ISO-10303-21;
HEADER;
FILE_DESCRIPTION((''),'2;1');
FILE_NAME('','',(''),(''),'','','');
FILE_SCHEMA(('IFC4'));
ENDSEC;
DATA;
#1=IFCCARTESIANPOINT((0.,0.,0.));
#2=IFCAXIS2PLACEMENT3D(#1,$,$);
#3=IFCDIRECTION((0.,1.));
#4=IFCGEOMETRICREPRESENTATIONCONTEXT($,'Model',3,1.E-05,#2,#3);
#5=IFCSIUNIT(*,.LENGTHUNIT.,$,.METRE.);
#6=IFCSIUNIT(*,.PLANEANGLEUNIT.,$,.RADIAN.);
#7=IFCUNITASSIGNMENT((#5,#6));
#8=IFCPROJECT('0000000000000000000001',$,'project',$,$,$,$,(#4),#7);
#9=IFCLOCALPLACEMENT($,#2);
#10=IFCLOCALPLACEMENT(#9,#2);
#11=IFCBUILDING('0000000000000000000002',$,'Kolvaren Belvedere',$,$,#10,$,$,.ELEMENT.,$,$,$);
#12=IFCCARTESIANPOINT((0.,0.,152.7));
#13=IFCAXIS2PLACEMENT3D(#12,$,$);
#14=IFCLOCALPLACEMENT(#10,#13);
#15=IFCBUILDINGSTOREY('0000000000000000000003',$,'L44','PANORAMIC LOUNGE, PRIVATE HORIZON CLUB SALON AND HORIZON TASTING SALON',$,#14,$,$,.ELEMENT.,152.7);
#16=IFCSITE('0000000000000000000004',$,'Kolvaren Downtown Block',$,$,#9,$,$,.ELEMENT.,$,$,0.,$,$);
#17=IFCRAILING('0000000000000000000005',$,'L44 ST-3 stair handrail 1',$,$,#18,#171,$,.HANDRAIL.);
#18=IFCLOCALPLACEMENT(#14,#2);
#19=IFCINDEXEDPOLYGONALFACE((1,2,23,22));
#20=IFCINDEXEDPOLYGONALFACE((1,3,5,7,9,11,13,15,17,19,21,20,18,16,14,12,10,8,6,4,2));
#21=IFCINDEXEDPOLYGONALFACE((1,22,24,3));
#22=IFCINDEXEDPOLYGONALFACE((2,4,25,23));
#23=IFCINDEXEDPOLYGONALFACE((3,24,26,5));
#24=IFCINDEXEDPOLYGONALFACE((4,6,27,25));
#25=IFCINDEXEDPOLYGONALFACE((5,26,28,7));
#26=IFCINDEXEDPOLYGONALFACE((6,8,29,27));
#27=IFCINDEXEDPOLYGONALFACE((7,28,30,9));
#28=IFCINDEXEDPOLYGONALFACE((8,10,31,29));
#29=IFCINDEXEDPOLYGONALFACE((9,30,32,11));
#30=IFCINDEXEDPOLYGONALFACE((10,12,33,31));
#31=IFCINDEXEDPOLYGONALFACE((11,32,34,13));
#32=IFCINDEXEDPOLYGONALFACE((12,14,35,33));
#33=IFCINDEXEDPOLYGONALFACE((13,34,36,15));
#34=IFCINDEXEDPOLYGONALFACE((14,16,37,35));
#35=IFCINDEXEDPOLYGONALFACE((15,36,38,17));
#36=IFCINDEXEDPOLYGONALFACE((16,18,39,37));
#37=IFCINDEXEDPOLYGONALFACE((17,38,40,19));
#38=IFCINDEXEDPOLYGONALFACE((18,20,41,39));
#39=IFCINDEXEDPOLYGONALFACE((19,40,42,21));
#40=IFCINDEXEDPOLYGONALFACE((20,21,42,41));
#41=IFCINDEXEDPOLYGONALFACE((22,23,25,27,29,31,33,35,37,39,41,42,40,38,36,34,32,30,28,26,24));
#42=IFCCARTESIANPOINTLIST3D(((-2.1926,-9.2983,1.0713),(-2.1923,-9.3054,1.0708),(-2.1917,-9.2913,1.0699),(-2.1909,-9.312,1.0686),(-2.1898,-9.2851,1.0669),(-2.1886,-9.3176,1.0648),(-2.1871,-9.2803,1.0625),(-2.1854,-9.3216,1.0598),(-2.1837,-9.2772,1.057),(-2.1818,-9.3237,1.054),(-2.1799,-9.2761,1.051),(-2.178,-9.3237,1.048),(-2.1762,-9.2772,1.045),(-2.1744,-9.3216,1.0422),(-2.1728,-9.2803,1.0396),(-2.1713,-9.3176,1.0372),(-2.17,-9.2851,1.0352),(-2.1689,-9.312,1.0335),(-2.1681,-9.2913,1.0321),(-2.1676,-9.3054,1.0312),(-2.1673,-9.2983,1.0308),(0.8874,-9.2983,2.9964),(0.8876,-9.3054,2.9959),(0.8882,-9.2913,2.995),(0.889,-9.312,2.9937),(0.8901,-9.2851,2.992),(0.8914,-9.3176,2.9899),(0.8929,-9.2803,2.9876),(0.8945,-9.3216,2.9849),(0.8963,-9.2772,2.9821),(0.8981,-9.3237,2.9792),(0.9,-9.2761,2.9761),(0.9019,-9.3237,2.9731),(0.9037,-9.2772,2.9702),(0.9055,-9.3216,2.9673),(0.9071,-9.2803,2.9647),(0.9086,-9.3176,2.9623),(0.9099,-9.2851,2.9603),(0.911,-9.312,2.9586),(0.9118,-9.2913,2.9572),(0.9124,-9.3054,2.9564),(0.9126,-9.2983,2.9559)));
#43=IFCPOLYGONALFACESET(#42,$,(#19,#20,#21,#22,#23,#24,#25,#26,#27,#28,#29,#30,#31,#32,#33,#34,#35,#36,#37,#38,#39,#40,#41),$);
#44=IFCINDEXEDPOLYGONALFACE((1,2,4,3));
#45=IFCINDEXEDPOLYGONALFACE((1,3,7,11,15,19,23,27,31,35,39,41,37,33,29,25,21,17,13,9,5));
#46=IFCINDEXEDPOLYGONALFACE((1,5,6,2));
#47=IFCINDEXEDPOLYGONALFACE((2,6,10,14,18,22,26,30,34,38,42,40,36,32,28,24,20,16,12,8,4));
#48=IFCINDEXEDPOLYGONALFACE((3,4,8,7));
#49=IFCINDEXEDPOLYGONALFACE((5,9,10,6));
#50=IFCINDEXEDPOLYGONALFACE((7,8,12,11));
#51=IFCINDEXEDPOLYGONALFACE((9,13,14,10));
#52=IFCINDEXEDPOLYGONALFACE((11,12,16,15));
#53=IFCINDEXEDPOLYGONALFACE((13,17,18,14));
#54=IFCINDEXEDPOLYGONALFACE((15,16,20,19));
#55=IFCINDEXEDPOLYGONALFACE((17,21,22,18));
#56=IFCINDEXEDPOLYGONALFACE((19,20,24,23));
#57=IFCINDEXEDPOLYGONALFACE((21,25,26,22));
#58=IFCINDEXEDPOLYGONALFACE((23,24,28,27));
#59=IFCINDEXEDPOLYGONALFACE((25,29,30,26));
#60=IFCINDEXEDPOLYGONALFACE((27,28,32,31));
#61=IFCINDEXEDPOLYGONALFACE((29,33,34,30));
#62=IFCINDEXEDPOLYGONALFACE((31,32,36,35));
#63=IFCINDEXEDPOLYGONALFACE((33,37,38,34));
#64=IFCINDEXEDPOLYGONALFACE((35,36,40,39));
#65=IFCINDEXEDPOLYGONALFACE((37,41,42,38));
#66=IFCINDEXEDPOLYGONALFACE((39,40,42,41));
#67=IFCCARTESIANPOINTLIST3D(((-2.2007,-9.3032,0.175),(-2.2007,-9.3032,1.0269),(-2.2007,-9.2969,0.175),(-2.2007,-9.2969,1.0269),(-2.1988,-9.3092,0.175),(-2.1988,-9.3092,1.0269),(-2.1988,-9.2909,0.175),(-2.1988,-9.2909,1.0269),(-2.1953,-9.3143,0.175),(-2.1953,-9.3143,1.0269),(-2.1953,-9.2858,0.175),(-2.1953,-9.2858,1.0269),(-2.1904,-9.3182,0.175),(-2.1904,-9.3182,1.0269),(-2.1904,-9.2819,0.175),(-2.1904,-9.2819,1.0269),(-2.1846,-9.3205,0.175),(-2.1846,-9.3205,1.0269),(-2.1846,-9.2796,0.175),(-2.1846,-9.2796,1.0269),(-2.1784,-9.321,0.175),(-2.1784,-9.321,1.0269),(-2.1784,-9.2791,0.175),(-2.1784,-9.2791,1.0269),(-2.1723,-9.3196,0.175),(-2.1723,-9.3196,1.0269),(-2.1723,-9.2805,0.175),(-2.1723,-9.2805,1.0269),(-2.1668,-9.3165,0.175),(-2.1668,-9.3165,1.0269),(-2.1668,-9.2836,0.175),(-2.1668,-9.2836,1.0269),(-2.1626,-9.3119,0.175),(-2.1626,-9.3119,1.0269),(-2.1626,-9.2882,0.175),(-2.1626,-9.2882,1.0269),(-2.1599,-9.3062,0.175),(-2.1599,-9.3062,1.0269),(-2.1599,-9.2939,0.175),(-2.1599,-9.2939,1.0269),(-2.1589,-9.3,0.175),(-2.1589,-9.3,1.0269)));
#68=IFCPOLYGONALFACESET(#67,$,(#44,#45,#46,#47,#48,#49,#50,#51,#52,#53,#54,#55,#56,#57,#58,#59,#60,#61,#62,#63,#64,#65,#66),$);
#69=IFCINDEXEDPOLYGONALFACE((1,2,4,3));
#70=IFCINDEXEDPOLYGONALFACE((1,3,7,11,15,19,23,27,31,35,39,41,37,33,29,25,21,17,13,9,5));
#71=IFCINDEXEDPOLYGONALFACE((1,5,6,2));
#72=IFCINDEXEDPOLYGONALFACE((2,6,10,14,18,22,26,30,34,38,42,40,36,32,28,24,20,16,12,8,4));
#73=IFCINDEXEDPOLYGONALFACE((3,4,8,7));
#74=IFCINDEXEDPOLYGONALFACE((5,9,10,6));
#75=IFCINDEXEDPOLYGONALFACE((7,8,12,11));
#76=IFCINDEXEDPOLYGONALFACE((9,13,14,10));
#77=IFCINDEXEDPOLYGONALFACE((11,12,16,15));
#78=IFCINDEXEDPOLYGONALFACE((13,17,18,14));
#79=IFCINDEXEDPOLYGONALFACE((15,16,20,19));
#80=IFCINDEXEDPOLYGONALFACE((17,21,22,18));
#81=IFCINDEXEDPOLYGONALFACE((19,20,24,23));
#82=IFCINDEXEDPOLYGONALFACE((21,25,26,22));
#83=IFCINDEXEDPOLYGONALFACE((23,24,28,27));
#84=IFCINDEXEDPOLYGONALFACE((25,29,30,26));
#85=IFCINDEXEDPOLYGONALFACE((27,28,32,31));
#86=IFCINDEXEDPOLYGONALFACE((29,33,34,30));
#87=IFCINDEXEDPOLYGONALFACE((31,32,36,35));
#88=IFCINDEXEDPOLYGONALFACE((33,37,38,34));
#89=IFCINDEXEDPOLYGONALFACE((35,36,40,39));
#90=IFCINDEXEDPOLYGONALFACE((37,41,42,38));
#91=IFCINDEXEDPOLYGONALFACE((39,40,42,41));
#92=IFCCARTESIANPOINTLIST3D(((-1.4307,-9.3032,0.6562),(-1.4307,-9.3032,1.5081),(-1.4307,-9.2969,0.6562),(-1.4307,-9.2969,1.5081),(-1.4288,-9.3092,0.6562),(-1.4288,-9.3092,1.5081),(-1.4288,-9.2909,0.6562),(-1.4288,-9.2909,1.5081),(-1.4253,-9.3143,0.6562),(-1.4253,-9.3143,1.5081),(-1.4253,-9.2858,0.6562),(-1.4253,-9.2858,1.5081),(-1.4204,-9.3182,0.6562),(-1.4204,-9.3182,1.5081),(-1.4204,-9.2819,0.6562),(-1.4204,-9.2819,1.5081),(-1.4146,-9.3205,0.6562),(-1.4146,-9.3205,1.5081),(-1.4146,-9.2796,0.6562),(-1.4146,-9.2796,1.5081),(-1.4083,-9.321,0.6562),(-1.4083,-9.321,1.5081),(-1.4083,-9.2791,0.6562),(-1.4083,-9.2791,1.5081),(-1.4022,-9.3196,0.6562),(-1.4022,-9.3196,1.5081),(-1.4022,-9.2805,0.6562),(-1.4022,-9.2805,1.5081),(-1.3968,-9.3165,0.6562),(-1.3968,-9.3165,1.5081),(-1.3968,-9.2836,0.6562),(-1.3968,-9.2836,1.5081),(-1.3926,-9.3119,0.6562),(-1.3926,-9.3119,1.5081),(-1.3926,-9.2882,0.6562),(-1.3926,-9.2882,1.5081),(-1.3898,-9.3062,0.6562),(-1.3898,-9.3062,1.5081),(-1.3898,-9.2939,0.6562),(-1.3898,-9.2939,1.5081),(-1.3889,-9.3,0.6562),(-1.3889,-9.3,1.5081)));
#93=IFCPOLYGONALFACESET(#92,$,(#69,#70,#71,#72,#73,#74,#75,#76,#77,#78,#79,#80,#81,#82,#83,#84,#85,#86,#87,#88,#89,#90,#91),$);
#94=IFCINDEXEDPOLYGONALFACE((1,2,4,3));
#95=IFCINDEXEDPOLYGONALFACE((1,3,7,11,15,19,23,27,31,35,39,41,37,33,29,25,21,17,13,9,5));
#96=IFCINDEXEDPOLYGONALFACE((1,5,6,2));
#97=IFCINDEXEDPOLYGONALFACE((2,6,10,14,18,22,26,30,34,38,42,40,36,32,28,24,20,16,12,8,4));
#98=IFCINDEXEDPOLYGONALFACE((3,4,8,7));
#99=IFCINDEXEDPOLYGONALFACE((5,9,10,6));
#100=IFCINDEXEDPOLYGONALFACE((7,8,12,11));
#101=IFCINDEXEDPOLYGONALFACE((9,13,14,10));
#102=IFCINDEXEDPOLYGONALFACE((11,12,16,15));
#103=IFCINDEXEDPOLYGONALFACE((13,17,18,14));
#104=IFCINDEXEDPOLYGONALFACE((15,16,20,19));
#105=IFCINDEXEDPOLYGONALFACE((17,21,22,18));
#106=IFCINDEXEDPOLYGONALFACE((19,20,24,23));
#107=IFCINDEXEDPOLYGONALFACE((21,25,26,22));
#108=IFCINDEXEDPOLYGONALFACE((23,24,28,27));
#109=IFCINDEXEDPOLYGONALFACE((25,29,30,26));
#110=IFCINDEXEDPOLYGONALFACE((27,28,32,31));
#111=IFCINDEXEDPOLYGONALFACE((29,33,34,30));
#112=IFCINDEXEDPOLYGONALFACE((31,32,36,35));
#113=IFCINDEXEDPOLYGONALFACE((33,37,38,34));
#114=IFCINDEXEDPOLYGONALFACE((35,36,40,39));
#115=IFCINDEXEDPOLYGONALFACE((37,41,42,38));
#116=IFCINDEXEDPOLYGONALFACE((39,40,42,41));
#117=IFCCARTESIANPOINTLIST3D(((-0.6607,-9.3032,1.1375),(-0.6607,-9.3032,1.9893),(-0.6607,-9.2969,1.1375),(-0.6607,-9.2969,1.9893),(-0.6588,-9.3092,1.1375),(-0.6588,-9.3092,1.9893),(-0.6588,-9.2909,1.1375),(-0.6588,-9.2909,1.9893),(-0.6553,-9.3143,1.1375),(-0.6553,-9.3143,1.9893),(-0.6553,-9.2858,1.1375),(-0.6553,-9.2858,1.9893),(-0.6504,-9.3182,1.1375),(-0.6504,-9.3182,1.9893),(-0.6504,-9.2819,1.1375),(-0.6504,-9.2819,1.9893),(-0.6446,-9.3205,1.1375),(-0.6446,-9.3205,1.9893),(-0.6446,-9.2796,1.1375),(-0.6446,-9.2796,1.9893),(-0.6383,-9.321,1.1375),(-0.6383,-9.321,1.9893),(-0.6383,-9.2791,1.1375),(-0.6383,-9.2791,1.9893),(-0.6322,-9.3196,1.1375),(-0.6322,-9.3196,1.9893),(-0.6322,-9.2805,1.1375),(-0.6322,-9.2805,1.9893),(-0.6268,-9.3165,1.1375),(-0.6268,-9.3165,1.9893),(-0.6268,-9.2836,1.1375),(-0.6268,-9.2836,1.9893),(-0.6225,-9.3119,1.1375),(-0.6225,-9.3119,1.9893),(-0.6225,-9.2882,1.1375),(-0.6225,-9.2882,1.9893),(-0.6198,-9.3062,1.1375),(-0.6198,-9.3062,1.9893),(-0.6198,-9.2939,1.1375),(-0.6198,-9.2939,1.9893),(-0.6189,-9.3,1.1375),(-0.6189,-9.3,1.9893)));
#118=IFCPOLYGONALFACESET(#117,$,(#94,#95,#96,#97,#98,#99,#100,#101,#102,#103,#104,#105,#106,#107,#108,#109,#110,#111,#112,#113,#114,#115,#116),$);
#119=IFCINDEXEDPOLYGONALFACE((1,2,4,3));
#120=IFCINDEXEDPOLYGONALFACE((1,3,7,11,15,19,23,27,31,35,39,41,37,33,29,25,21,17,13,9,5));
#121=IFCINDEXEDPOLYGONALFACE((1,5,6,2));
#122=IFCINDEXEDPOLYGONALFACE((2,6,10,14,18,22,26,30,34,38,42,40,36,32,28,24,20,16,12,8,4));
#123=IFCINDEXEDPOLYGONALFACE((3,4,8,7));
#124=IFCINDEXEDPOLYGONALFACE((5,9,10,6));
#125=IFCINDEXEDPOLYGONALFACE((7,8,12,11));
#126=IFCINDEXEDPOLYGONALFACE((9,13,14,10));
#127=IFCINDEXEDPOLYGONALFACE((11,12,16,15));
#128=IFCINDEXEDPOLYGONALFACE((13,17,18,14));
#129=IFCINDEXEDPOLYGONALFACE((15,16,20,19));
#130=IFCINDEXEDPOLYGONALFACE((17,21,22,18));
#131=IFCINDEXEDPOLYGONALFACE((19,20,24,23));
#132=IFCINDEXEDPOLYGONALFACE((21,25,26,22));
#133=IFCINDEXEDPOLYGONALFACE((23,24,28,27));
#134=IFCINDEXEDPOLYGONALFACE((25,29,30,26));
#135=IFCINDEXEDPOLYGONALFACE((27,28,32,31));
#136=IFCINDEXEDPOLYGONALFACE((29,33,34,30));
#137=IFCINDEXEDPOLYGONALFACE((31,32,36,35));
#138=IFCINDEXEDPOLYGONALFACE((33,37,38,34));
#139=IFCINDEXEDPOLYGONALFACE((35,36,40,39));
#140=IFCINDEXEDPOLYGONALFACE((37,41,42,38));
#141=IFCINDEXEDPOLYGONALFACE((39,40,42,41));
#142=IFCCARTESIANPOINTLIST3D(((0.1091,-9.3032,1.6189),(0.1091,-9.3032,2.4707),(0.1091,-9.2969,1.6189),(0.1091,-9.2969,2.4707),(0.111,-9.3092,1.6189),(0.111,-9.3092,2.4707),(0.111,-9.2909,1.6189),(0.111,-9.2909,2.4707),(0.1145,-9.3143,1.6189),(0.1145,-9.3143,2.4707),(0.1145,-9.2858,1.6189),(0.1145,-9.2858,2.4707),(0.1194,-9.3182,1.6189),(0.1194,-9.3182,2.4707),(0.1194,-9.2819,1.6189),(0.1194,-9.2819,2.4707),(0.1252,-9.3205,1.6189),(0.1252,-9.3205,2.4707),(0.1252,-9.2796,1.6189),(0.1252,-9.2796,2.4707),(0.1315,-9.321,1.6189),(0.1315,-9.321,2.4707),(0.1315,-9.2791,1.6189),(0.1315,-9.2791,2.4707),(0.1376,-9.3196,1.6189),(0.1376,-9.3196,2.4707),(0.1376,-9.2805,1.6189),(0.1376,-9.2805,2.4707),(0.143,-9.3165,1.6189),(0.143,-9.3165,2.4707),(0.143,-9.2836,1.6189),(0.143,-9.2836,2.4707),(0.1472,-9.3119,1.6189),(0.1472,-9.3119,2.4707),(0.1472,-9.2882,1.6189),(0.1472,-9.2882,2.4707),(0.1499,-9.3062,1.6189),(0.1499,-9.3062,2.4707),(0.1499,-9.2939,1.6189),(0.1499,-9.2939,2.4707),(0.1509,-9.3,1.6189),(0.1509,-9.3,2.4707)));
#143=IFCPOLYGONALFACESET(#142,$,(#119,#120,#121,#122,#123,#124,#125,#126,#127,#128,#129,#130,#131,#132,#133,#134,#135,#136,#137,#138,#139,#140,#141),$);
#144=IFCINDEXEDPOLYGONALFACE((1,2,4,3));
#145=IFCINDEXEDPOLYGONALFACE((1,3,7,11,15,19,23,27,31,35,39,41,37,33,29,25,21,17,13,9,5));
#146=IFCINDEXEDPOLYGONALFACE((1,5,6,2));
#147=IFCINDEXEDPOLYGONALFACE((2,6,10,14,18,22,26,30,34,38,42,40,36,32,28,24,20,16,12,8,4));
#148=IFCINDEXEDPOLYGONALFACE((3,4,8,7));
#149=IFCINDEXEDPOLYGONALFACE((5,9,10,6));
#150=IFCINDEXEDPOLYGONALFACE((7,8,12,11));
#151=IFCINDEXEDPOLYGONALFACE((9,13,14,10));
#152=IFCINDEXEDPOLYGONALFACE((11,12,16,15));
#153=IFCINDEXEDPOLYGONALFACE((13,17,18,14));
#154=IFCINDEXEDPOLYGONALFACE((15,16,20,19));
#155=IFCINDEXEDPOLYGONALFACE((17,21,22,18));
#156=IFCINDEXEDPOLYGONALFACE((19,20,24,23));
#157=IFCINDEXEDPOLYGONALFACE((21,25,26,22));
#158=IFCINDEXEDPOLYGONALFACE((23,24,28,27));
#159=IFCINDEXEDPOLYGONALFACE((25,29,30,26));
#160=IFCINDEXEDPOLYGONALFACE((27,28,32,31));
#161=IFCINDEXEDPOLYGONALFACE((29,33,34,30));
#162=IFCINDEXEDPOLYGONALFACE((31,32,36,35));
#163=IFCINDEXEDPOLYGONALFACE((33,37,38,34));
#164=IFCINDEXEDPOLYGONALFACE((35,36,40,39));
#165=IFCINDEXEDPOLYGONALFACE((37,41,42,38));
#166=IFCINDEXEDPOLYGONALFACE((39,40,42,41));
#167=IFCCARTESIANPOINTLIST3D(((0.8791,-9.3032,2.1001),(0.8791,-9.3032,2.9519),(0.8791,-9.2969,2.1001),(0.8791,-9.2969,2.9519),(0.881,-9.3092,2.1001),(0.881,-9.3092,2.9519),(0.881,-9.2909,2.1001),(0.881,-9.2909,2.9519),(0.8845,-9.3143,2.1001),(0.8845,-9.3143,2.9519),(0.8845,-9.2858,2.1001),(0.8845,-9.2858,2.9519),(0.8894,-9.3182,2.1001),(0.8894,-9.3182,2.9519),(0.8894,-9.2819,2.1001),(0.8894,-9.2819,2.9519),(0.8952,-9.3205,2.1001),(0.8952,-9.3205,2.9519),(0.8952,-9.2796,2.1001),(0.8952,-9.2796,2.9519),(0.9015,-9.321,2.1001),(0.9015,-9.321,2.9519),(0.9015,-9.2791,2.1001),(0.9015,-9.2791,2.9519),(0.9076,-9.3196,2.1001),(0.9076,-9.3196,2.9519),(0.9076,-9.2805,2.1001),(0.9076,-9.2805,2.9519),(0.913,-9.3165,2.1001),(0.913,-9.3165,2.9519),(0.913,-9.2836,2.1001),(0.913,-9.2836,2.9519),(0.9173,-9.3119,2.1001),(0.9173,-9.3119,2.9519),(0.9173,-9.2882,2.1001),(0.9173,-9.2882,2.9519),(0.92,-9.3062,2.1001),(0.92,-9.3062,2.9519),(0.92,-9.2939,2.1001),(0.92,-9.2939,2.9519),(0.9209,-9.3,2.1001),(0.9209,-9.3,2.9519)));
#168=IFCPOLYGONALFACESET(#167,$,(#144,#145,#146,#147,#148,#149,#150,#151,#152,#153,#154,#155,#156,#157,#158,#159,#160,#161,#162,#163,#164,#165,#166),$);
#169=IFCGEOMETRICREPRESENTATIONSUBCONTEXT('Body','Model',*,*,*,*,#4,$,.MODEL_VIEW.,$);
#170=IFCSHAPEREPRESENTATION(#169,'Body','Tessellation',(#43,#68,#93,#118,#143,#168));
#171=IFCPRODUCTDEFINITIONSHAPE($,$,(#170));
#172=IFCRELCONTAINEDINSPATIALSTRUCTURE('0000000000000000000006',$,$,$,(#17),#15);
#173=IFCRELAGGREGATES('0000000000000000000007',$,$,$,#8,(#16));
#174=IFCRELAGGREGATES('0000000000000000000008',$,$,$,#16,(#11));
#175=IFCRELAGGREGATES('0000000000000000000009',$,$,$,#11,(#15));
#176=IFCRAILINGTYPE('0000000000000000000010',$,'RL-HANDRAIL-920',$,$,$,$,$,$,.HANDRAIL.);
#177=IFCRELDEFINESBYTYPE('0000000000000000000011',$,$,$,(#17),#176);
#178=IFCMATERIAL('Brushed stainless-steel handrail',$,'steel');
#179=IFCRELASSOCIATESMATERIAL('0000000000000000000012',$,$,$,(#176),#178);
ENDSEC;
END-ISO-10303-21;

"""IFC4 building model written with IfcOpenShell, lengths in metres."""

from ifc_helpers import new_model, si_unit, direction, frame, origin, origin_2d, place, context, subcontext, project, spatial, circle, extrude, material, type_object, element, save


model = new_model("IFC4")

# Units and contexts
model_context = context("Model", 3, precision=1e-05, world=origin(), true_north=direction((0.0, 1.0)))
body_context = subcontext(model_context, "Body", "Model", "MODEL_VIEW")
ifc_project = project(units=[si_unit("LENGTHUNIT", "METRE"), si_unit("PLANEANGLEUNIT", "RADIAN")], contexts=[model_context])

# Site, building, storey
site_placement = place(None, origin())
site = spatial("IfcSite", under=ifc_project, at=site_placement, Name="Kolvaren Downtown Block", CompositionType="ELEMENT", RefElevation=0.0)
building_placement = place(site_placement, origin())
building = spatial("IfcBuilding", under=site, at=building_placement, Name="Kolvaren Belvedere", CompositionType="ELEMENT")
storey_placement = place(building_placement, frame((0.0, 0.0, 152.7)))
storey = spatial("IfcBuildingStorey", under=building, at=storey_placement, Name="L44", Description="PANORAMIC LOUNGE, PRIVATE HORIZON CLUB SALON AND HORIZON TASTING SALON", CompositionType="ELEMENT", Elevation=152.7)

# Railing
ifc_material_1 = material(Name="Brushed stainless-steel handrail", Category="steel")
railing_type_1 = type_object("IfcRailingType", Name="RL-HANDRAIL-920", PredefinedType="HANDRAIL", material=ifc_material_1)
railing_1_placement = place(storey_placement, frame((-2.1799, -9.3, 0.175)))
element("IfcRailing", 1, at=railing_1_placement, inside=storey, type_object=railing_type_1, Name="L44 ST-3 stair handrail 1", PredefinedType="HANDRAIL", context=body_context, shape_type="SweptSolid", body=[
    extrude(circle(Radius=0.0239, at=origin_2d()), frame((0.0, 0.0, 0.876), z_axis=(0.847979, 0.0, 0.530029), x_axis=(0.0, 1.0, 0.0)), (0.0, 0.0, 1.0), 3.6321),
    extrude(circle(Radius=0.021, at=origin_2d()), origin(), (0.0, 0.0, 1.0), 0.8518),
    extrude(circle(Radius=0.021, at=origin_2d()), frame((0.77, 0.0, 0.4812)), (0.0, 0.0, 1.0), 0.8518),
    extrude(circle(Radius=0.021, at=origin_2d()), frame((1.54, 0.0, 0.9624)), (0.0, 0.0, 1.0), 0.8518),
    extrude(circle(Radius=0.021, at=origin_2d()), frame((2.3098, 0.0, 1.4438)), (0.0, 0.0, 1.0), 0.8518),
    extrude(circle(Radius=0.021, at=origin_2d()), frame((3.0798, 0.0, 1.925)), (0.0, 0.0, 1.0), 0.8518),
])

save(model, "model.ifc")
